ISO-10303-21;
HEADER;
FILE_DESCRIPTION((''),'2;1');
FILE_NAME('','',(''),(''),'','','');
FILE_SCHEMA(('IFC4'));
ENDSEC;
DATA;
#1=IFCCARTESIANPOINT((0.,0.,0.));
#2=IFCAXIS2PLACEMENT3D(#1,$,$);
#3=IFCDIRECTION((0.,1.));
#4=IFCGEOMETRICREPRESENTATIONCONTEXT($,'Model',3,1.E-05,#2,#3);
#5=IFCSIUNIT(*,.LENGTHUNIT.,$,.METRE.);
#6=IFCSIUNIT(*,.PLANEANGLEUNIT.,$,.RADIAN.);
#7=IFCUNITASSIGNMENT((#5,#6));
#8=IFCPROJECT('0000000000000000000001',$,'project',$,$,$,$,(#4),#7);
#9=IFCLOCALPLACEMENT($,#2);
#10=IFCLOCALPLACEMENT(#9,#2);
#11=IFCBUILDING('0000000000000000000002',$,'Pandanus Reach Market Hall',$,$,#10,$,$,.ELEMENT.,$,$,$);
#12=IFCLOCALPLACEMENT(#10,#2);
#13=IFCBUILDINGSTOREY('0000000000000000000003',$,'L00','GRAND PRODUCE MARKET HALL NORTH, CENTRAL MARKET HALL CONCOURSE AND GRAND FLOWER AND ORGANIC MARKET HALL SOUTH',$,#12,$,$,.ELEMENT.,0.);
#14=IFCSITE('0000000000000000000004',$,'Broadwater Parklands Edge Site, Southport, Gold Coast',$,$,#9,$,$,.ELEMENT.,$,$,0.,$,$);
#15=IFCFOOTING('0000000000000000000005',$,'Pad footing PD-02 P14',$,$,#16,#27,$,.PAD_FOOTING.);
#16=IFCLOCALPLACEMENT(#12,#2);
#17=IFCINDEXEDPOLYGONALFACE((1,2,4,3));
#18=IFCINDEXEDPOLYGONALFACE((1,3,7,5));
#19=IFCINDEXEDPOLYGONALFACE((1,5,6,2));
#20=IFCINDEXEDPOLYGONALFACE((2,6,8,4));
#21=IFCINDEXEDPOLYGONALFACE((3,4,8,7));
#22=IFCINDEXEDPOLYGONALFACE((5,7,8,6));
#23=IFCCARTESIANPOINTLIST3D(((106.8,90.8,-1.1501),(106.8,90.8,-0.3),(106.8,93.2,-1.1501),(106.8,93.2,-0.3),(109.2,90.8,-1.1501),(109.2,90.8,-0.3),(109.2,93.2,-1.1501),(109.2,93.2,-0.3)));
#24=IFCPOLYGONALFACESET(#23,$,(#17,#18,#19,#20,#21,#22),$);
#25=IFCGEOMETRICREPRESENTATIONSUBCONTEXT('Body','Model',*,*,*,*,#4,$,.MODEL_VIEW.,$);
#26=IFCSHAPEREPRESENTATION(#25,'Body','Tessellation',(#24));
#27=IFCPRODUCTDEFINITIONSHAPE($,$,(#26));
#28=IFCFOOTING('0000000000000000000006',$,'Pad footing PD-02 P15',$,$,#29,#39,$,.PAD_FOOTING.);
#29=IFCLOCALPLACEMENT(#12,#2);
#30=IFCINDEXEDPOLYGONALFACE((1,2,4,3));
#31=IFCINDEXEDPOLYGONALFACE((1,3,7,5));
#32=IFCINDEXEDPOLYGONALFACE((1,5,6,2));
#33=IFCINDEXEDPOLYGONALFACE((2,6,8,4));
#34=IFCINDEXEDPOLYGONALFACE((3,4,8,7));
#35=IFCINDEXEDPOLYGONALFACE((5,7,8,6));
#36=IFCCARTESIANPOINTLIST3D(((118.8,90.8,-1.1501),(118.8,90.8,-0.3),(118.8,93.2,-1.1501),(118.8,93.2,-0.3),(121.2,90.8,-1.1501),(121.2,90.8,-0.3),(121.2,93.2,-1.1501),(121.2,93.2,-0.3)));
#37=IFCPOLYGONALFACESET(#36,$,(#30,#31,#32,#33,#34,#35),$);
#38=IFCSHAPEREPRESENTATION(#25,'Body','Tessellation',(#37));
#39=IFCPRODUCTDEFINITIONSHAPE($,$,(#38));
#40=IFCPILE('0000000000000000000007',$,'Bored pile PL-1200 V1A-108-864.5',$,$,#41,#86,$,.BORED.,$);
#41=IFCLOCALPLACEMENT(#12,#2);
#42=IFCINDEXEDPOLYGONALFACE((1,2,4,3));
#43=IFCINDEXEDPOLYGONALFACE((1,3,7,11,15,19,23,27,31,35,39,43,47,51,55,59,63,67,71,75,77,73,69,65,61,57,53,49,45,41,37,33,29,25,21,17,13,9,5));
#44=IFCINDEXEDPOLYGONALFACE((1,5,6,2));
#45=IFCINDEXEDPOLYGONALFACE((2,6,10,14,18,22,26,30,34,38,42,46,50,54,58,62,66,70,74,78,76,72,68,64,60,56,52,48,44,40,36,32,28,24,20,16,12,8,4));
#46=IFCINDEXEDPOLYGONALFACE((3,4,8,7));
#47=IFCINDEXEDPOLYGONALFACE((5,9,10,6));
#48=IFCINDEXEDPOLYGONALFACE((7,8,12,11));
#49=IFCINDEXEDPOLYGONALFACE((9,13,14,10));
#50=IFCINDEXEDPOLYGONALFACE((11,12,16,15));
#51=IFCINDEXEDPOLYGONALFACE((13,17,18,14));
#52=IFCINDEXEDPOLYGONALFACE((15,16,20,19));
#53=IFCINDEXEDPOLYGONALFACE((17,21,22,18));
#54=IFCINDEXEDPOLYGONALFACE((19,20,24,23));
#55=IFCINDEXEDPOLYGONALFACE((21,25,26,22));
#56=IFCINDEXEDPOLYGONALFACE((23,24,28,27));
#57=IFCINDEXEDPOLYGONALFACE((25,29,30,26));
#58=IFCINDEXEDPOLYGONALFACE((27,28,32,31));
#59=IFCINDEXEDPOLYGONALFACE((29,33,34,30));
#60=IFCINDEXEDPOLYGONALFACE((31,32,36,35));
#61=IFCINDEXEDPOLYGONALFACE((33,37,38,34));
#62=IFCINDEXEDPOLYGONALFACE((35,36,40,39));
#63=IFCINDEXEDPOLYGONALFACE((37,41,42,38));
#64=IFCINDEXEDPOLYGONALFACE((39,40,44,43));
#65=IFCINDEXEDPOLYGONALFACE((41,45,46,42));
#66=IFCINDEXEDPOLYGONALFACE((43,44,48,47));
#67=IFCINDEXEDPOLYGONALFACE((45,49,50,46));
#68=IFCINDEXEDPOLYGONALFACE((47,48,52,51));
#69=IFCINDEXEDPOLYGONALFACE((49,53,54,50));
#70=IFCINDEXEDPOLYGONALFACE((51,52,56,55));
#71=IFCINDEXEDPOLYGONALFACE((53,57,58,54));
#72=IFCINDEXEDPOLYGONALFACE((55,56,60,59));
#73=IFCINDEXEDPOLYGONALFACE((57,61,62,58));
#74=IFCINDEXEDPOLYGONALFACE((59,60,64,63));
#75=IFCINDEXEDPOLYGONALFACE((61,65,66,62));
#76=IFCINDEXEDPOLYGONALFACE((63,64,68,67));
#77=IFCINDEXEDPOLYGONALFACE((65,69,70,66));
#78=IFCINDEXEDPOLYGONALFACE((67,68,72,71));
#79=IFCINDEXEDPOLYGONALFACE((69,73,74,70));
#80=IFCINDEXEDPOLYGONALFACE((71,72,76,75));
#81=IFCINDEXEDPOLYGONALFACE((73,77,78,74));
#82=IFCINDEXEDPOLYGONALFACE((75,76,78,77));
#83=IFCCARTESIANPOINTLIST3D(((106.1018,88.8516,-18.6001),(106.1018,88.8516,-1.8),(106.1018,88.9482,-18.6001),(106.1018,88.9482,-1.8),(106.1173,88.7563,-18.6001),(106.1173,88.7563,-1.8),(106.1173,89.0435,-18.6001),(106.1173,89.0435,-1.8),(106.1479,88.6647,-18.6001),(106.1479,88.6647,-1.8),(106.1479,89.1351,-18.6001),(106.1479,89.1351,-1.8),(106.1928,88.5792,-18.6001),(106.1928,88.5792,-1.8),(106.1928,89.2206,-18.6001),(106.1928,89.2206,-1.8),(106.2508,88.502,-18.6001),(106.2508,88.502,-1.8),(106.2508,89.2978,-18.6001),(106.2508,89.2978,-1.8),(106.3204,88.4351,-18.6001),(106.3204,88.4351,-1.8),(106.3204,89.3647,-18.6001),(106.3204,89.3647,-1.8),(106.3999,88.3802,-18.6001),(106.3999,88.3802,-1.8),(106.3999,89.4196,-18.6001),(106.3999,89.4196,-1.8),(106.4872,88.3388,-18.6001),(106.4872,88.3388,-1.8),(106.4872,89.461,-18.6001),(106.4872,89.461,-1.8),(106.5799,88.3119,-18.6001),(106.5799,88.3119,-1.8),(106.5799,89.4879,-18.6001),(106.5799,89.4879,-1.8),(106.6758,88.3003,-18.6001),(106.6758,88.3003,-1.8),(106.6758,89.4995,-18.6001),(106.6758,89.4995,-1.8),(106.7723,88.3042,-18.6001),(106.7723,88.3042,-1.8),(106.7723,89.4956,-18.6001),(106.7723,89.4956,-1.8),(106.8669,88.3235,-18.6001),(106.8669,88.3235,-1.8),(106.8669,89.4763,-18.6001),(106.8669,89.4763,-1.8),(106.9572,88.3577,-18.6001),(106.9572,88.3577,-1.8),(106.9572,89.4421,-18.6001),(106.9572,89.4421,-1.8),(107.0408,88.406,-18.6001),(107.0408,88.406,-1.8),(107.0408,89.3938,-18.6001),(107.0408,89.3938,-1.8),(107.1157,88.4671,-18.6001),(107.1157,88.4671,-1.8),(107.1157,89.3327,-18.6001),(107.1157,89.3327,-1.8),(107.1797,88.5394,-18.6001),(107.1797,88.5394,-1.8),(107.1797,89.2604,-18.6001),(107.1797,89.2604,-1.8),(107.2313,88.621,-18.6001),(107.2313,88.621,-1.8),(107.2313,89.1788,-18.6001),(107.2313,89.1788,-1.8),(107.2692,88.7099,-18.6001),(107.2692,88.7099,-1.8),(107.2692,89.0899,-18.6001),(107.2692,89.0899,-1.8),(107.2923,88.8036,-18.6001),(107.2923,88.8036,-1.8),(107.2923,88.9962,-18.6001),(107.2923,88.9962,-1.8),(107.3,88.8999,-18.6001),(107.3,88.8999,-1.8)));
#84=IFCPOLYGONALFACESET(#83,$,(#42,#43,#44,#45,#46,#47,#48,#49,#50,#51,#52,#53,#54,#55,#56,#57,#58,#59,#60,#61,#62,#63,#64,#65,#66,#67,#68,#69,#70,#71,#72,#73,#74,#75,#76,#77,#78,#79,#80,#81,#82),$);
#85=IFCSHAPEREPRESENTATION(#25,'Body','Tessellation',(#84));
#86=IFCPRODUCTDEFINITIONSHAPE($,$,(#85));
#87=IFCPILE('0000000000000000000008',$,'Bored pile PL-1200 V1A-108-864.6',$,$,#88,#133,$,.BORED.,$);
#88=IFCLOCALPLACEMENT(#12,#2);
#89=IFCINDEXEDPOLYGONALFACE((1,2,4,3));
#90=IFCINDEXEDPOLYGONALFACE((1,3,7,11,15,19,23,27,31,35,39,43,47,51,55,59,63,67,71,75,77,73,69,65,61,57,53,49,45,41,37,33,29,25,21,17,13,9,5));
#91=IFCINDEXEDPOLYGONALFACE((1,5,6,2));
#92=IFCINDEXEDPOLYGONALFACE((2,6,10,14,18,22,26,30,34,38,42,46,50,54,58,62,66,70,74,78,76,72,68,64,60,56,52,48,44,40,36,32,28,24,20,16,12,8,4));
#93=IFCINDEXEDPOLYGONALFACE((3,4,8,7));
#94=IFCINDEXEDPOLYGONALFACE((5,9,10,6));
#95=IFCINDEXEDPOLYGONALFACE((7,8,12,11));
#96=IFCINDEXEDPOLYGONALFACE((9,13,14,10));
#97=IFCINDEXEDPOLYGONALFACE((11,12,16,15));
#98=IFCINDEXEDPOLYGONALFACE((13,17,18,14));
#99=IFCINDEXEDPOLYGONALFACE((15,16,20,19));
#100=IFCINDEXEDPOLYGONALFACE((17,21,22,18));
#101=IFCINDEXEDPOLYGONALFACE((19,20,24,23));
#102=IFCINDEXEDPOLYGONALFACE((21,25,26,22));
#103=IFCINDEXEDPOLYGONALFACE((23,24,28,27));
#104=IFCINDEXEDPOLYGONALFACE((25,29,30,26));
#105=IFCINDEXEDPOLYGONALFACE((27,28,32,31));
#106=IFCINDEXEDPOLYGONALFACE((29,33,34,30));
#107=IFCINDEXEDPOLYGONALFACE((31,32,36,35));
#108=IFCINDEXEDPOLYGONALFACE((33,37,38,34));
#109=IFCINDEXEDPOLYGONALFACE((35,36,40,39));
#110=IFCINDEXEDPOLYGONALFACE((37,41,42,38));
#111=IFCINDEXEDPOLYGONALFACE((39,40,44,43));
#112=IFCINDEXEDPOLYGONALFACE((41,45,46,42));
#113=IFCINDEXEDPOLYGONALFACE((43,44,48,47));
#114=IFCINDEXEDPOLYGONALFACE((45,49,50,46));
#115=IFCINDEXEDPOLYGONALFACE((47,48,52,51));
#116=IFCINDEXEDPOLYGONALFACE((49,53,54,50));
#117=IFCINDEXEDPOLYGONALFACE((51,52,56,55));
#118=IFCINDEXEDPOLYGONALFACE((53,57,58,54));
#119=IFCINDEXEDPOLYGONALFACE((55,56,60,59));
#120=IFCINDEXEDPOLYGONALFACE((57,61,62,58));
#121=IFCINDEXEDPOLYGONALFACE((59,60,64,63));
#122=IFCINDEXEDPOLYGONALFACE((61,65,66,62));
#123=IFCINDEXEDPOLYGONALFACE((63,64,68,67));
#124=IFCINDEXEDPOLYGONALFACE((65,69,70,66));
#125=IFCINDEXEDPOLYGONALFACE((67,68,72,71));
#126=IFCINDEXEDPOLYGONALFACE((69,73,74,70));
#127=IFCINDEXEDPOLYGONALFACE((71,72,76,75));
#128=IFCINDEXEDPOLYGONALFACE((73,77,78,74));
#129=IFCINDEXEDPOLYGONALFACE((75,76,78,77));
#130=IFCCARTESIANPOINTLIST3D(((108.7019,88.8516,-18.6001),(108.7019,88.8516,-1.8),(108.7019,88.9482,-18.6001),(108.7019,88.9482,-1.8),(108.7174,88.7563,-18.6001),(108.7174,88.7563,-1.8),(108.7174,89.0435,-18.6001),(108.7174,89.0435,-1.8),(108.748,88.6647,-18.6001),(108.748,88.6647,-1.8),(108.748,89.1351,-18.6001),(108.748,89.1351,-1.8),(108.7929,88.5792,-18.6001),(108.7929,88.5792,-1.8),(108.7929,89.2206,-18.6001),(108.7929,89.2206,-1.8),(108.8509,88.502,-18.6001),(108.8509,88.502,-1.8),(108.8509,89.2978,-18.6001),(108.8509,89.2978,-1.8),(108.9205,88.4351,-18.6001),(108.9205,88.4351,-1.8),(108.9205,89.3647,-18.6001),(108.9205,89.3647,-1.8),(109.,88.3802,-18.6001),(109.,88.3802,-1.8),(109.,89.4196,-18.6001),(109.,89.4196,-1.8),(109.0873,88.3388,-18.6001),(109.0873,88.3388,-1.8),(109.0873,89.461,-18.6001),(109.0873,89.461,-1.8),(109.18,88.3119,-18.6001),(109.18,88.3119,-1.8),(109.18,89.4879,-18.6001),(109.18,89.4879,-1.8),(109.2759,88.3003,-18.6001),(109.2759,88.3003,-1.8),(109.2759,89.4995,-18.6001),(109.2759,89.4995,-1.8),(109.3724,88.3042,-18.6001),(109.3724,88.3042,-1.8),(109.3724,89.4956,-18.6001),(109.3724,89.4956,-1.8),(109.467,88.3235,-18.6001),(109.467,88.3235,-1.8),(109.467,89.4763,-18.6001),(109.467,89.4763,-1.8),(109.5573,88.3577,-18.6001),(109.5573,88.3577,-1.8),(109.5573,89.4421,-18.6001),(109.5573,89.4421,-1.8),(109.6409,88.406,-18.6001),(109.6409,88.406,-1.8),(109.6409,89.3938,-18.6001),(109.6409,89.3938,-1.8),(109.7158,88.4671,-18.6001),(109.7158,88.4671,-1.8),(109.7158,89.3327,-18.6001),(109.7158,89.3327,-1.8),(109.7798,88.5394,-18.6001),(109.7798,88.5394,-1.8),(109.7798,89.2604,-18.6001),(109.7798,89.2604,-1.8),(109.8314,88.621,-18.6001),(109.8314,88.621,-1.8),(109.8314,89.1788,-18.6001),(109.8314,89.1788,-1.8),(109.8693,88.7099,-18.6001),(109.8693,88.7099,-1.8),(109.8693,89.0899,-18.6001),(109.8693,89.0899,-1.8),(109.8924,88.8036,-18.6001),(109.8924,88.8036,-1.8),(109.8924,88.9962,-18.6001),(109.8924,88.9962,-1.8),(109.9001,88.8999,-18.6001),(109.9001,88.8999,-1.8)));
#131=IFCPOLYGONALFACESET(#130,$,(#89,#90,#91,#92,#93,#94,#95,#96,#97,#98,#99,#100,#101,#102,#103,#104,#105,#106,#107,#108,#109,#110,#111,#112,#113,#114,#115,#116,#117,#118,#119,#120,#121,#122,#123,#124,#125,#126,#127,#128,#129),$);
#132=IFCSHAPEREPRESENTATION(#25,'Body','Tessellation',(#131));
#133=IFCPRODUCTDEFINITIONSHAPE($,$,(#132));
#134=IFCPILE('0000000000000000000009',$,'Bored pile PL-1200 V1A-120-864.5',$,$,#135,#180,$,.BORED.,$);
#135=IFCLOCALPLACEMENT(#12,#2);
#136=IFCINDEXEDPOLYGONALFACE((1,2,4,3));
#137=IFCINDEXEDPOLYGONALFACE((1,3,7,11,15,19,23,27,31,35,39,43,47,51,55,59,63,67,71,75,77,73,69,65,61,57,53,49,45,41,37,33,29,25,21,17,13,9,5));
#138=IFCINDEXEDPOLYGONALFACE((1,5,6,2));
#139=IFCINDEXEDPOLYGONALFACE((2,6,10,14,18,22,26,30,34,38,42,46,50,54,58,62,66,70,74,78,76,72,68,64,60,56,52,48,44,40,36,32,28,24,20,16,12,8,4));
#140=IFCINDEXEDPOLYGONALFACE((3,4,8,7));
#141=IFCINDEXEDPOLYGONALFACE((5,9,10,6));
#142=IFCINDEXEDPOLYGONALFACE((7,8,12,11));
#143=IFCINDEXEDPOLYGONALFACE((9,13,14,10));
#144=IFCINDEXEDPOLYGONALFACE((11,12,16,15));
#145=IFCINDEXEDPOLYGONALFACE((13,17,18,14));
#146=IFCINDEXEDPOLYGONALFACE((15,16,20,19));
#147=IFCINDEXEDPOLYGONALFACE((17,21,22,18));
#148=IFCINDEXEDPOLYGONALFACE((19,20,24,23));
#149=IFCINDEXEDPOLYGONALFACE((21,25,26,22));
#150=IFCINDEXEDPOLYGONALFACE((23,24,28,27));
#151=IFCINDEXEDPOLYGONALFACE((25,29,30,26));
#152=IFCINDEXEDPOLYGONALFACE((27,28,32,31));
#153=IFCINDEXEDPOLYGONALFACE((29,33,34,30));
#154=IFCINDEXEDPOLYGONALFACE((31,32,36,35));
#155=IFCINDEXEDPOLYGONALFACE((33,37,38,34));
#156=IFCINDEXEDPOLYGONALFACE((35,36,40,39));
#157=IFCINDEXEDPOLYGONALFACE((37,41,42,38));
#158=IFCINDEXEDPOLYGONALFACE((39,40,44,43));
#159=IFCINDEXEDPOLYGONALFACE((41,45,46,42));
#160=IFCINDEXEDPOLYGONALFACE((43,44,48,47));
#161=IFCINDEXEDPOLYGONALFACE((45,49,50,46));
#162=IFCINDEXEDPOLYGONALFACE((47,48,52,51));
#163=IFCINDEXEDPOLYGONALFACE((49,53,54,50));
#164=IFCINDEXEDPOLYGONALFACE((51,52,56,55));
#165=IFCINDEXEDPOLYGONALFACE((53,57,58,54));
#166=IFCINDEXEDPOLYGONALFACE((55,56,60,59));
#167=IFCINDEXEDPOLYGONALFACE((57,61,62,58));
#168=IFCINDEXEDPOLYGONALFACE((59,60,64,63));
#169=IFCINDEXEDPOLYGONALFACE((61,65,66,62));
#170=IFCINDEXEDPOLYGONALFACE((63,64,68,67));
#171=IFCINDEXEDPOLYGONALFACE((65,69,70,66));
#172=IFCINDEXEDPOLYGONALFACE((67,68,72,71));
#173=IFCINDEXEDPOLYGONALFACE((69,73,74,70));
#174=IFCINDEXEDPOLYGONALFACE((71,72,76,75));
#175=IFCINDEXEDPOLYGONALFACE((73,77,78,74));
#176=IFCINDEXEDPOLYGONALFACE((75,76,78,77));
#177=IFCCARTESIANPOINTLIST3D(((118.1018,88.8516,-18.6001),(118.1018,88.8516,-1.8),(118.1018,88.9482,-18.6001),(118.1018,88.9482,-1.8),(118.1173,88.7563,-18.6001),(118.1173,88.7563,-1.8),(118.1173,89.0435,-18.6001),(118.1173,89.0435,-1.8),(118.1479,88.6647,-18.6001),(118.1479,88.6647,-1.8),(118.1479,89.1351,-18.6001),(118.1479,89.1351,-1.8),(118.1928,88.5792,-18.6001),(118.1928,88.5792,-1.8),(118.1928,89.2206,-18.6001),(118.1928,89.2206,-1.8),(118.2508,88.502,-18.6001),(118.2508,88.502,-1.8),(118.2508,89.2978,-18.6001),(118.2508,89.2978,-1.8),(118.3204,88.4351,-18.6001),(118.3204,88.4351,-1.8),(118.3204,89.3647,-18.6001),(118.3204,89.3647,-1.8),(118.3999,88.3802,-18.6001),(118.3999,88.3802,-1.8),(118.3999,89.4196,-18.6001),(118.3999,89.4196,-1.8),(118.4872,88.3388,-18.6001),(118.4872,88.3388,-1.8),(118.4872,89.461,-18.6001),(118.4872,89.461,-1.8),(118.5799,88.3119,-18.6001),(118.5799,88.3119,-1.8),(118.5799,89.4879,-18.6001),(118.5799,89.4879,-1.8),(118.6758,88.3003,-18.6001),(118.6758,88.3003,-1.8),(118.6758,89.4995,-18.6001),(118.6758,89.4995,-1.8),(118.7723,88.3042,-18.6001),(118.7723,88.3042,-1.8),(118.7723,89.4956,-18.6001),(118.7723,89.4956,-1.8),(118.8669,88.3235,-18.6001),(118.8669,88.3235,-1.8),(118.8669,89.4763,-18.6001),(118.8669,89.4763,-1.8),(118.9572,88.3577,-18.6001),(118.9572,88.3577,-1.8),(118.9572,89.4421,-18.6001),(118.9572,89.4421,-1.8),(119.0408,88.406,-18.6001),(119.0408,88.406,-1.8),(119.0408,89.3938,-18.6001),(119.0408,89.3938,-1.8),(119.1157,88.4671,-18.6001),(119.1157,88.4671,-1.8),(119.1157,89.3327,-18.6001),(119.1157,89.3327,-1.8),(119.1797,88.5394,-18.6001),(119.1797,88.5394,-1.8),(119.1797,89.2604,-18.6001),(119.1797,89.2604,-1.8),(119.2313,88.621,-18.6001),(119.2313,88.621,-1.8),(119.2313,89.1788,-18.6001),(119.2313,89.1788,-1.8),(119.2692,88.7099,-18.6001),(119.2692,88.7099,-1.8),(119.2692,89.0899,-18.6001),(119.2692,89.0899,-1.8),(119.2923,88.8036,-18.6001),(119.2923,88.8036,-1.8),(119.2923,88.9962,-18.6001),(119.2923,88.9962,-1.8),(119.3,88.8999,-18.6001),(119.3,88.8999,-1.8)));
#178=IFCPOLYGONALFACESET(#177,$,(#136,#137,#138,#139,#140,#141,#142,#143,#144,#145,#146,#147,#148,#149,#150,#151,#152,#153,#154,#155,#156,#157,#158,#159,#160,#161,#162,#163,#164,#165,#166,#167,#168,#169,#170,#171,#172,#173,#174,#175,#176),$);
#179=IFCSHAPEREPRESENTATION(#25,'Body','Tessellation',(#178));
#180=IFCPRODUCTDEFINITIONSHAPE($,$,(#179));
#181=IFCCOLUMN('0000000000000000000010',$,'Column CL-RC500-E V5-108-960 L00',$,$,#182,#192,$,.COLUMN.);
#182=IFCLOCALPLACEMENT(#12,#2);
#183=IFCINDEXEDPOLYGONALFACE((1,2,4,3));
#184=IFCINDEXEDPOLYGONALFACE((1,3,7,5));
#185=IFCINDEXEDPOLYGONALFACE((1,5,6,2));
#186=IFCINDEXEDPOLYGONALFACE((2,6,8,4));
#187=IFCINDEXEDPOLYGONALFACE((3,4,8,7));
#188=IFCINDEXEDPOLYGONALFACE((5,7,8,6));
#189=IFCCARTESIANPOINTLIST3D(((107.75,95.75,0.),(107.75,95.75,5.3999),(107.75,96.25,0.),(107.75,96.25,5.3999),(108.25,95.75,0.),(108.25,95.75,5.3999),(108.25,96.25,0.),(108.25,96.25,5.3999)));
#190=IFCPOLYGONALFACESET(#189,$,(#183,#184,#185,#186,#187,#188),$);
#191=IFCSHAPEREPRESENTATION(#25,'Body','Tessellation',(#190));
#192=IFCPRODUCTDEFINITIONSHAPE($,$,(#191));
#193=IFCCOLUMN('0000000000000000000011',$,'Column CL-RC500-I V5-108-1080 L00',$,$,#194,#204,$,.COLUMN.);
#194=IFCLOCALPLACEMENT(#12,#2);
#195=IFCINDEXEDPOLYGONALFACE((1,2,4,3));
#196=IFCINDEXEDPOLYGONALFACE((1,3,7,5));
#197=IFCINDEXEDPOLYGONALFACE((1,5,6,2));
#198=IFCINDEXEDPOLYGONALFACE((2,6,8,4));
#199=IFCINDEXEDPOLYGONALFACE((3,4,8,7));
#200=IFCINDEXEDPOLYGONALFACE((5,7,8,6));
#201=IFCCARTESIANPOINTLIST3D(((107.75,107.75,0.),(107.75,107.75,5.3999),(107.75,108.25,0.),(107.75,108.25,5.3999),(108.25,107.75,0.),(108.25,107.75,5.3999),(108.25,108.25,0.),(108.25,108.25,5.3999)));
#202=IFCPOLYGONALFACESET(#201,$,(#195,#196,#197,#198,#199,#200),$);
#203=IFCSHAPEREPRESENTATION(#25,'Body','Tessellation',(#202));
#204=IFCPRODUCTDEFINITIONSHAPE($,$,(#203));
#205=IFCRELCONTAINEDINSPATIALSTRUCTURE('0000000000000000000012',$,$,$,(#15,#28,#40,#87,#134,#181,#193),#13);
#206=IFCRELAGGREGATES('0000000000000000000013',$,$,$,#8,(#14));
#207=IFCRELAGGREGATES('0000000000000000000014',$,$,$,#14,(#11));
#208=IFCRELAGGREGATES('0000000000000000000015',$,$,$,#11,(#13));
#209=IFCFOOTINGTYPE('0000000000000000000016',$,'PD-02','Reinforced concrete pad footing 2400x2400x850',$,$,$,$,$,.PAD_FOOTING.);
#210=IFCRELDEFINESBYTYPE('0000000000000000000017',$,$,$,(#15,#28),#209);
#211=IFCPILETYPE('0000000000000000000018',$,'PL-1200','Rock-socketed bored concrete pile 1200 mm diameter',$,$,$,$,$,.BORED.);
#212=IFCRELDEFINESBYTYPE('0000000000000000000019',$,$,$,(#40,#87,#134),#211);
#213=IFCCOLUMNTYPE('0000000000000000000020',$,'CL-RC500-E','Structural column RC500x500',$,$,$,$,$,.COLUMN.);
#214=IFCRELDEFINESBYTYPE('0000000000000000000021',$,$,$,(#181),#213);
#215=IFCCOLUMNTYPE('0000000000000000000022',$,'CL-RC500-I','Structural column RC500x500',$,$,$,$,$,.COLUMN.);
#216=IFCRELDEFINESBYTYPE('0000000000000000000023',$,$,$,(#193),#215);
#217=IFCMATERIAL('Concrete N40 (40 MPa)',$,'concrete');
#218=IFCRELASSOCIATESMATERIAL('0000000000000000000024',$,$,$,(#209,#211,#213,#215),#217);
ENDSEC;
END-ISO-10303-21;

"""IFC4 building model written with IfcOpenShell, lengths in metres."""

from ifc_helpers import new_model, si_unit, direction, frame, origin, origin_2d, place, context, subcontext, project, spatial, rectangle, circle, extrude, material, material_profile, profile_set, type_object, element, save


model = new_model("IFC4")

# Units and contexts
model_context = context("Model", 3, precision=1e-05, world=origin(), true_north=direction((0.0, 1.0)))
body_context = subcontext(model_context, "Body", "Model", "MODEL_VIEW")
ifc_project = project(units=[si_unit("LENGTHUNIT", "METRE"), si_unit("PLANEANGLEUNIT", "RADIAN")], contexts=[model_context])

# Site, building, storey
site_placement = place(None, origin())
site = spatial("IfcSite", under=ifc_project, at=site_placement, Name="Broadwater Parklands Edge Site, Southport, Gold Coast", CompositionType="ELEMENT", RefElevation=0.0)
building_placement = place(site_placement, origin())
building = spatial("IfcBuilding", under=site, at=building_placement, Name="Pandanus Reach Market Hall", CompositionType="ELEMENT")
storey_placement = place(building_placement, origin())
storey = spatial("IfcBuildingStorey", under=building, at=storey_placement, Name="L00", Description="GRAND PRODUCE MARKET HALL NORTH, CENTRAL MARKET HALL CONCOURSE AND GRAND FLOWER AND ORGANIC MARKET HALL SOUTH", CompositionType="ELEMENT", Elevation=0.0)

# Footings
ifc_material_1 = material(Name="Concrete N40 (40 MPa)", Category="concrete")
footing_type = type_object("IfcFootingType", Name="PD-02", Description="Reinforced concrete pad footing 2400x2400x850", PredefinedType="PAD_FOOTING", material=ifc_material_1)
for number, where, z_axis, x_axis, name in (
    (1, (108.0, 92.0, -1.1501), (0.0, 0.0, 1.0), (1.0, 0.0, 0.0), "Pad footing PD-02 P14"),
    (2, (120.0, 92.0, -1.1501), (0.0, 0.0, 1.0), (1.0, 0.0, 0.0), "Pad footing PD-02 P15"),
):
    element("IfcFooting", number, at=place(storey_placement, frame(where, z_axis=z_axis, x_axis=x_axis)), inside=storey, type_object=footing_type, Name=name, PredefinedType="PAD_FOOTING", context=body_context, shape_type="SweptSolid", body=[
        extrude(rectangle(XDim=2.3999, YDim=2.3999, at=origin_2d()), origin(), (0.0, 0.0, 1.0), 0.8501),
    ])

# Piles
ifc_material_profile_1 = material_profile(ifc_material_1, circle(Radius=0.6001, at=origin_2d()), Name="PILE-1200D", Category="LoadBearing")
ifc_profile_set_1 = profile_set([ifc_material_profile_1], Name="Concrete N40 (40 MPa)")
pile_type = type_object("IfcPileType", Name="PL-1200", Description="Rock-socketed bored concrete pile 1200 mm diameter", PredefinedType="BORED", material=ifc_profile_set_1)
for number, where, z_axis, x_axis, name in (
    (3, (106.7, 88.8999, -1.8), (0.0, 0.0, -1.0), (1.0, 0.0, 0.0), "Bored pile PL-1200 V1A-108-864.5"),
    (4, (109.3, 88.8999, -1.8), (0.0, 0.0, -1.0), (1.0, 0.0, 0.0), "Bored pile PL-1200 V1A-108-864.6"),
    (5, (118.7, 88.8999, -1.8), (0.0, 0.0, -1.0), (1.0, 0.0, 0.0), "Bored pile PL-1200 V1A-120-864.5"),
):
    element("IfcPile", number, at=place(storey_placement, frame(where, z_axis=z_axis, x_axis=x_axis)), inside=storey, type_object=pile_type, Name=name, PredefinedType="BORED", context=body_context, shape_type="SweptSolid", body=[
        extrude(circle(Radius=0.6001, at=origin_2d()), origin(), (0.0, 0.0, 1.0), 16.8),
    ])

# Columns
ifc_material_profile_2 = material_profile(ifc_material_1, rectangle(XDim=0.5, YDim=0.5, at=origin_2d()), Name="RC500x500", Category="LoadBearing")
ifc_profile_set_2 = profile_set([ifc_material_profile_2], Name="Concrete N40 (40 MPa)")
column_type_1 = type_object("IfcColumnType", Name="CL-RC500-E", Description="Structural column RC500x500", PredefinedType="COLUMN", material=ifc_profile_set_2)
column_1_placement = place(storey_placement, frame((108.0, 96.0, 0.0), z_axis=(0.0, 0.0, 1.0), x_axis=(1.0, 0.0, 0.0)))
element("IfcColumn", 6, at=column_1_placement, inside=storey, type_object=column_type_1, Name="Column CL-RC500-E V5-108-960 L00", PredefinedType="COLUMN", context=body_context, shape_type="SweptSolid", body=[
    extrude(rectangle(XDim=0.5, YDim=0.5, at=origin_2d()), origin(), (0.0, 0.0, 1.0), 5.3999),
])
ifc_material_profile_3 = material_profile(ifc_material_1, rectangle(XDim=0.5, YDim=0.5, at=origin_2d()), Name="RC500x500", Category="LoadBearing")
ifc_profile_set_3 = profile_set([ifc_material_profile_3], Name="Concrete N40 (40 MPa)")
column_type_2 = type_object("IfcColumnType", Name="CL-RC500-I", Description="Structural column RC500x500", PredefinedType="COLUMN", material=ifc_profile_set_3)
column_2_placement = place(storey_placement, frame((108.0, 108.0, 0.0), z_axis=(0.0, 0.0, 1.0), x_axis=(1.0, 0.0, 0.0)))
element("IfcColumn", 7, at=column_2_placement, inside=storey, type_object=column_type_2, Name="Column CL-RC500-I V5-108-1080 L00", PredefinedType="COLUMN", context=body_context, shape_type="SweptSolid", body=[
    extrude(rectangle(XDim=0.5, YDim=0.5, at=origin_2d()), origin(), (0.0, 0.0, 1.0), 5.3999),
])

save(model, "model.ifc")
